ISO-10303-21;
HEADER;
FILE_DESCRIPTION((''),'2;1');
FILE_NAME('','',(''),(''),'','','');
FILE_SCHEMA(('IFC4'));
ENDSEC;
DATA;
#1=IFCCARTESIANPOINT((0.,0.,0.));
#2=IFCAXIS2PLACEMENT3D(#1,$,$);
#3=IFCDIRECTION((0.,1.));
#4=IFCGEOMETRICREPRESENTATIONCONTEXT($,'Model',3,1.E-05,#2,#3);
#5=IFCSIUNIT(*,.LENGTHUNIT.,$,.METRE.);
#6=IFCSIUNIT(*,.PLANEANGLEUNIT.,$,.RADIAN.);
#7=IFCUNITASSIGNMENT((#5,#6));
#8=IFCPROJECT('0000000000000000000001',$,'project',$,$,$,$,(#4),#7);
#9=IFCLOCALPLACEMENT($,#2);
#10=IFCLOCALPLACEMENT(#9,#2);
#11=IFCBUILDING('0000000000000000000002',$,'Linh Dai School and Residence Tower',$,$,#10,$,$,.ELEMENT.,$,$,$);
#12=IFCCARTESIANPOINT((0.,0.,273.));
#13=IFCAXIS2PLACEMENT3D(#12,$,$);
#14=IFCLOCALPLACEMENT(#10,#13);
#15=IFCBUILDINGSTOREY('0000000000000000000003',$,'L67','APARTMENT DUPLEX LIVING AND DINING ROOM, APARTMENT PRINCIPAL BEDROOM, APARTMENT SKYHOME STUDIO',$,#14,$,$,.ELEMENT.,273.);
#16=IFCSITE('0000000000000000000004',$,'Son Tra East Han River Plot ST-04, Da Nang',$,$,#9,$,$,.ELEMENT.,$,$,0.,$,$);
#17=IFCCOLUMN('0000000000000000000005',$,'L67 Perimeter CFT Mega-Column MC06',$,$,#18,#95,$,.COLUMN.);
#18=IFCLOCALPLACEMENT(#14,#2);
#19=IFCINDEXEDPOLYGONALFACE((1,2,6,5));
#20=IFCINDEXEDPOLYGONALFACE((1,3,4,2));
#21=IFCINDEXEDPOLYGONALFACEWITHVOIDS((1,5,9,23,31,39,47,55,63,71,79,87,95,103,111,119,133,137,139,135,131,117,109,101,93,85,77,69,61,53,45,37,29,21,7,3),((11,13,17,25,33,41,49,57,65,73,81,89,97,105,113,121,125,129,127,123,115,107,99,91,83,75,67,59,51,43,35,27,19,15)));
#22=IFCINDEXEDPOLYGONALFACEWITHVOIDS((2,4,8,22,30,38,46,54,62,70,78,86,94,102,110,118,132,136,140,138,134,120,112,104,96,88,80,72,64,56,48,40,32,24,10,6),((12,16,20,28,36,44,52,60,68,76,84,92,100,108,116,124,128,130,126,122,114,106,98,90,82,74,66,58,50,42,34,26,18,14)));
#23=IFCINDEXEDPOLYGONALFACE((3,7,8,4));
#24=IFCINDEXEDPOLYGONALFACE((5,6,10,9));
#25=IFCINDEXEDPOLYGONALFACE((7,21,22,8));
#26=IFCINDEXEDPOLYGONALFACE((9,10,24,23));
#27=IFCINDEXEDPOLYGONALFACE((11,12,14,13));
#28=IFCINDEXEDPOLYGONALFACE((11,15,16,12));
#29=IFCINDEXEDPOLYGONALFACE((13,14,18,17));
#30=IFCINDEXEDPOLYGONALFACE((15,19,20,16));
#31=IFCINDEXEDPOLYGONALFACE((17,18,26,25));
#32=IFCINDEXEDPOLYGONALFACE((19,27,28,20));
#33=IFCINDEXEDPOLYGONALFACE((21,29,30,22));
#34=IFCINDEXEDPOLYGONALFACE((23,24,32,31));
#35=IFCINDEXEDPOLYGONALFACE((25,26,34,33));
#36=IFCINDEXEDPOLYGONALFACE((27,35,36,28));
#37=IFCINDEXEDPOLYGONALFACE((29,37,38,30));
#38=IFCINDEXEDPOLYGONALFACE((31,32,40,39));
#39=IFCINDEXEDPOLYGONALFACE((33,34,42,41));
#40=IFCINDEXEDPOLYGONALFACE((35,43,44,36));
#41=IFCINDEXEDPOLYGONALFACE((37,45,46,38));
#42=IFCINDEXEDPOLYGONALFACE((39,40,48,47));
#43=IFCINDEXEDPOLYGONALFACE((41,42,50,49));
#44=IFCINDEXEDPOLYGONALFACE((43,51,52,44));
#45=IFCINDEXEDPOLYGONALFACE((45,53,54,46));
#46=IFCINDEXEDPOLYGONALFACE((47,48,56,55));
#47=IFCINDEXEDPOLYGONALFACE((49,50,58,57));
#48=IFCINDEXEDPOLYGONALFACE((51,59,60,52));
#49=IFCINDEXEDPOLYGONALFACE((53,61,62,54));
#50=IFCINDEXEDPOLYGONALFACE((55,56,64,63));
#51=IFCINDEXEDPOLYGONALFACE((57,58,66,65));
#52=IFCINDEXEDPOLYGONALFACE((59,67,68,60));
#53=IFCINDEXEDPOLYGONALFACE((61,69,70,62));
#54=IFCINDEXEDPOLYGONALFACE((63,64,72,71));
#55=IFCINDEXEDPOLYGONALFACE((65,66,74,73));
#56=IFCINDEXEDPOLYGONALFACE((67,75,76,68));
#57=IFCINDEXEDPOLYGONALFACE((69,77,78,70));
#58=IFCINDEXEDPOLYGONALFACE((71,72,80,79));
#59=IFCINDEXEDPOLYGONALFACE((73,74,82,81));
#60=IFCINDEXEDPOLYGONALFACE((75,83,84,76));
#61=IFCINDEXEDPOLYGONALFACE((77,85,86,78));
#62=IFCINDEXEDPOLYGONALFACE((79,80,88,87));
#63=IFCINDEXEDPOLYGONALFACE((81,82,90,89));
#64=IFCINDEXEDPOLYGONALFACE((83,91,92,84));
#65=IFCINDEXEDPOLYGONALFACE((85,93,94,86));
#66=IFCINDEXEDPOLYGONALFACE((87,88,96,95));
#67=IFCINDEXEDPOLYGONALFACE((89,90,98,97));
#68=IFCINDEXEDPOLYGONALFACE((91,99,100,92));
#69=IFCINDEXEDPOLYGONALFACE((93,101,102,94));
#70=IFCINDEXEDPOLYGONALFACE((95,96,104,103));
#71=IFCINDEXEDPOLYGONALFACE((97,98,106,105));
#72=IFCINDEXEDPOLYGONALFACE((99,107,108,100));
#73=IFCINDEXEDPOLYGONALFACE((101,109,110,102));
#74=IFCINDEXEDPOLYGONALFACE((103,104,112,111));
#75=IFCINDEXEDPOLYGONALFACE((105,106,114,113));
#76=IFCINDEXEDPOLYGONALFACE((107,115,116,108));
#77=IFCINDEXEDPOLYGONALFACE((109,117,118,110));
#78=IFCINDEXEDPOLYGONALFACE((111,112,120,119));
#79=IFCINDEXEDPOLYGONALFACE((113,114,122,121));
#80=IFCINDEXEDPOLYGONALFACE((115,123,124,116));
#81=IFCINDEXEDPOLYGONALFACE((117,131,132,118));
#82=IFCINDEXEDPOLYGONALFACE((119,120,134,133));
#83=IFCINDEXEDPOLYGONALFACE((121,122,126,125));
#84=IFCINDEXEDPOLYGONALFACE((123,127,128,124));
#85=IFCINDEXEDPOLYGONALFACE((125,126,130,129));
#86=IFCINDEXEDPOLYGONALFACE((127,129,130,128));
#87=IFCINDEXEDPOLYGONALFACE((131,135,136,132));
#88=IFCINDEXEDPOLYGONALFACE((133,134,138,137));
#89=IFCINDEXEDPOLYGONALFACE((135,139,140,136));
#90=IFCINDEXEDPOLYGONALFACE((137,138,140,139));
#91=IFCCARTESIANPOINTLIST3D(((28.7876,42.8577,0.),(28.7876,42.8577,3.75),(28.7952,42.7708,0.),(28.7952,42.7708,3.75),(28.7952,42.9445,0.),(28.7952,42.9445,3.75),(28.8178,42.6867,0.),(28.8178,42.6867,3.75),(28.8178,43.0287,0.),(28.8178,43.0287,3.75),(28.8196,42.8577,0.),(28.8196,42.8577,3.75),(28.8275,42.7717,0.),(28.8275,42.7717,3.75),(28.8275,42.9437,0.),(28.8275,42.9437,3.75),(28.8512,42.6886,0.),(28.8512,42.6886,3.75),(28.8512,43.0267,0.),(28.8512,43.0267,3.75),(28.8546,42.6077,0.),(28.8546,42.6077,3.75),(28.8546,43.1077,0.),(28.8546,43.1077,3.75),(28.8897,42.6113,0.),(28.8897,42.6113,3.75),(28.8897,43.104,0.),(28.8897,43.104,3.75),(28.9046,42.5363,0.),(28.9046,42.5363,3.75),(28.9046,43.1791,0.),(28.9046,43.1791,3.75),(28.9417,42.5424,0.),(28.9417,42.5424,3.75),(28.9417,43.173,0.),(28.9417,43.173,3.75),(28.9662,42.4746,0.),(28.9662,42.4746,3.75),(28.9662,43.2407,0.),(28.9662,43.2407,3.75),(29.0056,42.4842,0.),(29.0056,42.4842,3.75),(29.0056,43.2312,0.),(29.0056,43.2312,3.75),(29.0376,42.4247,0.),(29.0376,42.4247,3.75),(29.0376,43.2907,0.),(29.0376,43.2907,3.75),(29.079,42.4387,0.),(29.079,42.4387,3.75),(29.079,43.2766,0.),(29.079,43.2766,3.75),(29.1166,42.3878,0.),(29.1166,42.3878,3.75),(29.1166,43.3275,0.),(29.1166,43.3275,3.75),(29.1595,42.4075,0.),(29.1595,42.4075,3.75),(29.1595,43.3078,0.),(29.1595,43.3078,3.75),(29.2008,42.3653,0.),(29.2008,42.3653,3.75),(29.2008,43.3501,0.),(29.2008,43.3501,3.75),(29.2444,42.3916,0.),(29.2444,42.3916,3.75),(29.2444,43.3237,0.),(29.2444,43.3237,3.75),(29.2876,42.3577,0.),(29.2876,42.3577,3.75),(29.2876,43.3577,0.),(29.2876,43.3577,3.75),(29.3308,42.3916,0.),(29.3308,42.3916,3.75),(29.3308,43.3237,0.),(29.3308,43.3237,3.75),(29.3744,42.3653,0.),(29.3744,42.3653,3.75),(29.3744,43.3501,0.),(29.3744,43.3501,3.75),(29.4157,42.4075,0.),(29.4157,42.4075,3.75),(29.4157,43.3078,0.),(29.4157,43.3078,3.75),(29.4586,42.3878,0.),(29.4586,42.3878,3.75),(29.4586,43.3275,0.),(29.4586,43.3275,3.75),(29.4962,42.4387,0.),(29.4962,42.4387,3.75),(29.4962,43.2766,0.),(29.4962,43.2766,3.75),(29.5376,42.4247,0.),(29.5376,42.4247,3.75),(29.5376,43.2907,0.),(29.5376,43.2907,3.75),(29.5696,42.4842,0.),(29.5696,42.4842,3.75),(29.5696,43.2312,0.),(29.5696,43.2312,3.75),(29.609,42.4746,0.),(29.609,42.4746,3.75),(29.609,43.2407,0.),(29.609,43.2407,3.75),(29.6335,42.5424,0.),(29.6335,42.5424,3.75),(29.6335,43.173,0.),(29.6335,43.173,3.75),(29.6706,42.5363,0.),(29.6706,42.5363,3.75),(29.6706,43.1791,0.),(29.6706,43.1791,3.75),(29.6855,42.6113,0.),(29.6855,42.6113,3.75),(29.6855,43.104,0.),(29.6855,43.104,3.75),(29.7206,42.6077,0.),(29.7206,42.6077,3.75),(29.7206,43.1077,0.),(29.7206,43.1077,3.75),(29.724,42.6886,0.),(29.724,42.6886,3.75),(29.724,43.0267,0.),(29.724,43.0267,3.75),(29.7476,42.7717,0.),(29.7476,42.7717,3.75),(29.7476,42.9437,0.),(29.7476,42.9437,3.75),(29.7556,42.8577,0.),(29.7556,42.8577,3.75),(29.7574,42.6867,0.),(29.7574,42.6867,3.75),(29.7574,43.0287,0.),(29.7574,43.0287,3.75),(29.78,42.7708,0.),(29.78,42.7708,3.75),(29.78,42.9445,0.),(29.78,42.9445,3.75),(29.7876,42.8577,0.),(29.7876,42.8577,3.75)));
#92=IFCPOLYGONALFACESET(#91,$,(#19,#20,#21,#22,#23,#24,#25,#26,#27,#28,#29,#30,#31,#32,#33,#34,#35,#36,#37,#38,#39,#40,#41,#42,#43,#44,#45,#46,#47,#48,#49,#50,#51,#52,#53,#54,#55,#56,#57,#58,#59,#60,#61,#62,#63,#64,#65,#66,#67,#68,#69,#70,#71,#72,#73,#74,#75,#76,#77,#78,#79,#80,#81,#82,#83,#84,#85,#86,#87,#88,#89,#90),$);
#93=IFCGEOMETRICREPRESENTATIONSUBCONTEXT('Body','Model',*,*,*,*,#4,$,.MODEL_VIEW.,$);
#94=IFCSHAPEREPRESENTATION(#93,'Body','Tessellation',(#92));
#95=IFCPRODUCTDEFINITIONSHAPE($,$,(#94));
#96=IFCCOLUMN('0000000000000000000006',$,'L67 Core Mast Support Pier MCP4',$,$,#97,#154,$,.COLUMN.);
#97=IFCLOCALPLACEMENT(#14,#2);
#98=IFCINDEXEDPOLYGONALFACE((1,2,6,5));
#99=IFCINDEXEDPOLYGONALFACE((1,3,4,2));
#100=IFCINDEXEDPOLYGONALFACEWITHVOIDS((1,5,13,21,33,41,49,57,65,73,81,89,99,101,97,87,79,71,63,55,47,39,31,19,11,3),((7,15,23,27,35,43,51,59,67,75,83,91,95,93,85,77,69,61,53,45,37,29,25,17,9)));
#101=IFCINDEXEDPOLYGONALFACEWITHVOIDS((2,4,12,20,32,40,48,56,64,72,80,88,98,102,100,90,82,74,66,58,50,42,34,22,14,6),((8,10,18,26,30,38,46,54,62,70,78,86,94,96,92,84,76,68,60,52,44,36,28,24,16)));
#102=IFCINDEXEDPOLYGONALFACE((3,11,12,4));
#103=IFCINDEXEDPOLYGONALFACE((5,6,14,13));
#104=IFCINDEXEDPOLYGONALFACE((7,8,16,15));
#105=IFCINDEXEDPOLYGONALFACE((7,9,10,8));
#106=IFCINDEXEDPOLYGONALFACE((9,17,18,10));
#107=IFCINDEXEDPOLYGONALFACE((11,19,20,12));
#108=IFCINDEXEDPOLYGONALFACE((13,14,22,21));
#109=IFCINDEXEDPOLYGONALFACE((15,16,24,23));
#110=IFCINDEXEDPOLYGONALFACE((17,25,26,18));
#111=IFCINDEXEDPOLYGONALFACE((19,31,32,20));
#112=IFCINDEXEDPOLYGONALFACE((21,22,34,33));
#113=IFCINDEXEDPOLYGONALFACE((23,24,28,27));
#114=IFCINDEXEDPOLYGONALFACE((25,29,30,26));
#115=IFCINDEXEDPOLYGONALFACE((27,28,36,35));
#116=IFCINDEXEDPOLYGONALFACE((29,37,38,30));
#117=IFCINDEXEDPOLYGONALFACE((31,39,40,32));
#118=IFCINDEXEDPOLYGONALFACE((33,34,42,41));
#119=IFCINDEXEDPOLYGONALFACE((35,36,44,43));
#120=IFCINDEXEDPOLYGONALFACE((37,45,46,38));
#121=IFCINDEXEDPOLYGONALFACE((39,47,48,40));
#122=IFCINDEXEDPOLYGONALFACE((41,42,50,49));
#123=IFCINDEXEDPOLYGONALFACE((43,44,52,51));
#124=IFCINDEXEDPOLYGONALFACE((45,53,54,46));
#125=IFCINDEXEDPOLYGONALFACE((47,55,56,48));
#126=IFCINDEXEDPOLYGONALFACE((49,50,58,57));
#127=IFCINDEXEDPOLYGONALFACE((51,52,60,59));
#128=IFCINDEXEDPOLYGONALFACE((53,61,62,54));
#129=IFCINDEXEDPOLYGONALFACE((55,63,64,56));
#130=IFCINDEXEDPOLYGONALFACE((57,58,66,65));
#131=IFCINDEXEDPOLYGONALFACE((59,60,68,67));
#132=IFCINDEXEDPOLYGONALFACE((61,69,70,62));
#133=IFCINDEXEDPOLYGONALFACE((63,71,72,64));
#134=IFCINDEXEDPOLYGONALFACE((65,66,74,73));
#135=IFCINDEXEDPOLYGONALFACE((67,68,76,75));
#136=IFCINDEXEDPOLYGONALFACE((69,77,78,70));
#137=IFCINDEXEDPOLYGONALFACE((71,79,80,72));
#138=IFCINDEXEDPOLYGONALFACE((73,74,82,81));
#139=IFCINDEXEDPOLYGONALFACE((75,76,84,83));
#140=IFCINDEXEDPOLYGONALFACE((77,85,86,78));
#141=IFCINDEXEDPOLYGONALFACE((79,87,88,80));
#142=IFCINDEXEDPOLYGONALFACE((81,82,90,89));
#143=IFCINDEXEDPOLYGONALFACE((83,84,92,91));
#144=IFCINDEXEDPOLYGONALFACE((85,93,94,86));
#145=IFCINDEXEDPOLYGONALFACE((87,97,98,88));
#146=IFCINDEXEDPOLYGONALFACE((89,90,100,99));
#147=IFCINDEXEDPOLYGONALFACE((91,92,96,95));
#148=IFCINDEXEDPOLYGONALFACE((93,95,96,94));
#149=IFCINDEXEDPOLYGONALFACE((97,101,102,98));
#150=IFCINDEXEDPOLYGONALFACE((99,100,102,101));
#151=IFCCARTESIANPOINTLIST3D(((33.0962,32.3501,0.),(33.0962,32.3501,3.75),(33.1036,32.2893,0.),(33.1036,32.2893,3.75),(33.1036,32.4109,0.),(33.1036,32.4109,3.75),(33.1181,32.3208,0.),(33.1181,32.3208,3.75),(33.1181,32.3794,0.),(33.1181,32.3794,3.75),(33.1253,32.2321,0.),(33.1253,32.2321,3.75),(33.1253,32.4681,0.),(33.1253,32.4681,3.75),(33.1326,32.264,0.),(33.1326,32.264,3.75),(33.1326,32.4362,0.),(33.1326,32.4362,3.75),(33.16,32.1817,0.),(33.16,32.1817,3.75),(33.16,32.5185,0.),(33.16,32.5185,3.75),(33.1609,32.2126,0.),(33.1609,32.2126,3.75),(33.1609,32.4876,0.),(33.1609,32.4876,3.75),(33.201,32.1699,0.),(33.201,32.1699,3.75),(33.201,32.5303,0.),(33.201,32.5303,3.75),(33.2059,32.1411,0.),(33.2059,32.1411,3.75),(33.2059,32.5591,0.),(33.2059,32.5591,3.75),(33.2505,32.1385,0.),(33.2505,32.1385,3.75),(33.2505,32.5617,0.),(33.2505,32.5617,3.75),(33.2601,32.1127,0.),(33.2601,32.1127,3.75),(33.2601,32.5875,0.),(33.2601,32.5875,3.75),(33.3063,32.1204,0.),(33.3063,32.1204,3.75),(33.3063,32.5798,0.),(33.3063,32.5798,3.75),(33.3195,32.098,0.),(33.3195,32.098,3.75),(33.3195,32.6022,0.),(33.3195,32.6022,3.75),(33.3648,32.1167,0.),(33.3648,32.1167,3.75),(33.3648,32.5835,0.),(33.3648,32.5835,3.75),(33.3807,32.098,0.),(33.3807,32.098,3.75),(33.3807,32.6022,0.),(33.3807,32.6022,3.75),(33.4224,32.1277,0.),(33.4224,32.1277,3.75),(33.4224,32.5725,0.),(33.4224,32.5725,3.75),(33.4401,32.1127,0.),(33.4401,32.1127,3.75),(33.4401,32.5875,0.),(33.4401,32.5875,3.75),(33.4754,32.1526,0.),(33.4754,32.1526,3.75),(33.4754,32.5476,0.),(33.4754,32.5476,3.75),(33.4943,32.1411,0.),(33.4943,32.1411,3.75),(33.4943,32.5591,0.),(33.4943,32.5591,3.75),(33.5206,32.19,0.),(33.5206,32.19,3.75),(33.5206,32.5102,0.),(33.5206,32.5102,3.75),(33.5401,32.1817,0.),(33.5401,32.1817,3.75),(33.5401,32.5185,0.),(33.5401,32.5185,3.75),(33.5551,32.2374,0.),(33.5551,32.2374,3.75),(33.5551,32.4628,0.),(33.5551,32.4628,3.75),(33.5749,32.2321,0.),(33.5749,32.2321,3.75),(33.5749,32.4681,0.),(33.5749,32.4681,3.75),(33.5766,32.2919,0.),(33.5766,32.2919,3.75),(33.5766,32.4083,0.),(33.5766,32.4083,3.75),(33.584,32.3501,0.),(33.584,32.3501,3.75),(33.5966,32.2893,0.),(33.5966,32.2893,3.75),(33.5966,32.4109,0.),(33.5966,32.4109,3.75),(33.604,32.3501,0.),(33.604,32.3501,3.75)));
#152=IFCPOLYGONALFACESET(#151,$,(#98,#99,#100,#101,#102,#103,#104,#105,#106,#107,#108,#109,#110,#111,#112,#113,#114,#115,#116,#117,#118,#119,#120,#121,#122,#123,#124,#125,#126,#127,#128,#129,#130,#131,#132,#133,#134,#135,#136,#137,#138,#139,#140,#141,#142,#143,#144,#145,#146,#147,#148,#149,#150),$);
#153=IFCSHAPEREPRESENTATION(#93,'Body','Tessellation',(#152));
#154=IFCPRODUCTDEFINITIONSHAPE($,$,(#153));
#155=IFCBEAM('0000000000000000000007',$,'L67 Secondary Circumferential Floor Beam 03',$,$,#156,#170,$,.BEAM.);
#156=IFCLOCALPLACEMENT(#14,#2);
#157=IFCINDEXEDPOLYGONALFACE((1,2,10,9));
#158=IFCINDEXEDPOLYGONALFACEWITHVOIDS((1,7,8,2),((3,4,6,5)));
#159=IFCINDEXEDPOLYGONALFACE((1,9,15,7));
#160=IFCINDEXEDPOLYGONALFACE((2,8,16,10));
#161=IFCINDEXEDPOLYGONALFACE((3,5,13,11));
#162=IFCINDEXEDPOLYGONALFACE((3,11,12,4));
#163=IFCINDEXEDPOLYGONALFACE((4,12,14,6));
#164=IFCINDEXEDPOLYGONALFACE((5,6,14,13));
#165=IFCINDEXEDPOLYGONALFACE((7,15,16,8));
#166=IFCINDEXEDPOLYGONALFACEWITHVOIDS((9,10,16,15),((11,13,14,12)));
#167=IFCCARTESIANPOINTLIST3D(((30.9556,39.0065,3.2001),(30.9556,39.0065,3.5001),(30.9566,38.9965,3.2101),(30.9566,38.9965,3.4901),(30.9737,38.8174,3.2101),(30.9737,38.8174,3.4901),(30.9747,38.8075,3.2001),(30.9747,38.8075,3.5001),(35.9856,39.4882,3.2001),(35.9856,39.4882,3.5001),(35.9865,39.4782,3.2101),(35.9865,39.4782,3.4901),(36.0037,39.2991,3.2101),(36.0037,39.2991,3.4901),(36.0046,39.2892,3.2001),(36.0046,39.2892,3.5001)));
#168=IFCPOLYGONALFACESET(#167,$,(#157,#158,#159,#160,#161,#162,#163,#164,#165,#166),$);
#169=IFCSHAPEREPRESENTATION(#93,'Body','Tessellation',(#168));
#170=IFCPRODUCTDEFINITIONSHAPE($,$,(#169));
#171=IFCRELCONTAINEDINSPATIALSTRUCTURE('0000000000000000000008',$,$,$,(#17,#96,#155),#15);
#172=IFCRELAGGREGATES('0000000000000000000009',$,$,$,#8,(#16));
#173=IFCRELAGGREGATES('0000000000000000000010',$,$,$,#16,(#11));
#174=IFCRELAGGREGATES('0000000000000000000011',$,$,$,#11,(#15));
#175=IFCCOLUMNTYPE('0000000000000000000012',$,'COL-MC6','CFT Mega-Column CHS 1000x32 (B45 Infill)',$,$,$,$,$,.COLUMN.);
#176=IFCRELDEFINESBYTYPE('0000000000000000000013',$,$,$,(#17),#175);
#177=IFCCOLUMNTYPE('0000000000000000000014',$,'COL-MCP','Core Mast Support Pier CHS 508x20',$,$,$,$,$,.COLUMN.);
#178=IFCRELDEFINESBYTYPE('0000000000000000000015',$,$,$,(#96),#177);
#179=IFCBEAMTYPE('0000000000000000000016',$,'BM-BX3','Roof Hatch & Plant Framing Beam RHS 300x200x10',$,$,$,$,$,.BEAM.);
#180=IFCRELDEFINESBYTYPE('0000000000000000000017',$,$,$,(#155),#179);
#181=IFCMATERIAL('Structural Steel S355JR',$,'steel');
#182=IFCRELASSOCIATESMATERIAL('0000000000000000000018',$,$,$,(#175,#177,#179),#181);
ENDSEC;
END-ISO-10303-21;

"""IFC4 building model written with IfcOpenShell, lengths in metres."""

from ifc_helpers import new_model, si_unit, direction, frame, origin, origin_2d, place, context, subcontext, project, spatial, hollow_rectangle, hollow_circle, extrude, material, material_profile, profile_set, type_object, element, save


model = new_model("IFC4")

# Units and contexts
model_context = context("Model", 3, precision=1e-05, world=origin(), true_north=direction((0.0, 1.0)))
body_context = subcontext(model_context, "Body", "Model", "MODEL_VIEW")
ifc_project = project(units=[si_unit("LENGTHUNIT", "METRE"), si_unit("PLANEANGLEUNIT", "RADIAN")], contexts=[model_context])

# Site, building, storey
site_placement = place(None, origin())
site = spatial("IfcSite", under=ifc_project, at=site_placement, Name="Son Tra East Han River Plot ST-04, Da Nang", CompositionType="ELEMENT", RefElevation=0.0)
building_placement = place(site_placement, origin())
building = spatial("IfcBuilding", under=site, at=building_placement, Name="Linh Dai School and Residence Tower", CompositionType="ELEMENT")
storey_placement = place(building_placement, frame((0.0, 0.0, 273.0)))
storey = spatial("IfcBuildingStorey", under=building, at=storey_placement, Name="L67", Description="APARTMENT DUPLEX LIVING AND DINING ROOM, APARTMENT PRINCIPAL BEDROOM, APARTMENT SKYHOME STUDIO", CompositionType="ELEMENT", Elevation=273.0)

# Columns
ifc_material_1 = material(Name="Structural Steel S355JR", Category="steel")
ifc_material_profile_1 = material_profile(ifc_material_1, hollow_circle(Radius=0.5, WallThickness=0.032, at=origin_2d()), Name="CHS 1000x32")
ifc_profile_set_1 = profile_set([ifc_material_profile_1], Name="Structural Steel S355JR")
column_type_1 = type_object("IfcColumnType", Name="COL-MC6", Description="CFT Mega-Column CHS 1000x32 (B45 Infill)", PredefinedType="COLUMN", material=ifc_profile_set_1)
column_1_placement = place(storey_placement, frame((29.2876, 42.8577, 0.0), z_axis=(0.0, 0.0, 1.0), x_axis=(1.0, 0.0, 0.0)))
element("IfcColumn", 1, at=column_1_placement, inside=storey, type_object=column_type_1, Name="L67 Perimeter CFT Mega-Column MC06", PredefinedType="COLUMN", context=body_context, shape_type="SweptSolid", body=[
    extrude(hollow_circle(Radius=0.5, WallThickness=0.032, at=origin_2d()), origin(), (0.0, 0.0, 1.0), 3.75),
])
ifc_material_profile_2 = material_profile(ifc_material_1, hollow_circle(Radius=0.2539, WallThickness=0.02, at=origin_2d()), Name="CHS 508x20")
ifc_profile_set_2 = profile_set([ifc_material_profile_2], Name="Structural Steel S355JR")
column_type_2 = type_object("IfcColumnType", Name="COL-MCP", Description="Core Mast Support Pier CHS 508x20", PredefinedType="COLUMN", material=ifc_profile_set_2)
column_2_placement = place(storey_placement, frame((33.3501, 32.3501, 0.0), z_axis=(0.0, 0.0, 1.0), x_axis=(1.0, 0.0, 0.0)))
element("IfcColumn", 2, at=column_2_placement, inside=storey, type_object=column_type_2, Name="L67 Core Mast Support Pier MCP4", PredefinedType="COLUMN", context=body_context, shape_type="SweptSolid", body=[
    extrude(hollow_circle(Radius=0.2539, WallThickness=0.02, at=origin_2d()), origin(), (0.0, 0.0, 1.0), 3.75),
])

# Beam
ifc_material_profile_3 = material_profile(ifc_material_1, hollow_rectangle(XDim=0.2, YDim=0.3, WallThickness=0.01, at=origin_2d()), Name="RHS 300x200x10")
ifc_profile_set_3 = profile_set([ifc_material_profile_3], Name="Structural Steel S355JR")
beam_type_1 = type_object("IfcBeamType", Name="BM-BX3", Description="Roof Hatch & Plant Framing Beam RHS 300x200x10", PredefinedType="BEAM", material=ifc_profile_set_3)
beam_1_placement = place(storey_placement, frame((35.9951, 39.3887, 3.3501), z_axis=(-0.995446, -0.095327, 0.0), x_axis=(0.095327, -0.995446, 0.0)))
element("IfcBeam", 3, at=beam_1_placement, inside=storey, type_object=beam_type_1, Name="L67 Secondary Circumferential Floor Beam 03", PredefinedType="BEAM", context=body_context, shape_type="SweptSolid", body=[
    extrude(hollow_rectangle(XDim=0.2, YDim=0.3, WallThickness=0.01, at=origin_2d()), origin(), (0.0, 0.0, 1.0), 5.053),
])

save(model, "model.ifc")
